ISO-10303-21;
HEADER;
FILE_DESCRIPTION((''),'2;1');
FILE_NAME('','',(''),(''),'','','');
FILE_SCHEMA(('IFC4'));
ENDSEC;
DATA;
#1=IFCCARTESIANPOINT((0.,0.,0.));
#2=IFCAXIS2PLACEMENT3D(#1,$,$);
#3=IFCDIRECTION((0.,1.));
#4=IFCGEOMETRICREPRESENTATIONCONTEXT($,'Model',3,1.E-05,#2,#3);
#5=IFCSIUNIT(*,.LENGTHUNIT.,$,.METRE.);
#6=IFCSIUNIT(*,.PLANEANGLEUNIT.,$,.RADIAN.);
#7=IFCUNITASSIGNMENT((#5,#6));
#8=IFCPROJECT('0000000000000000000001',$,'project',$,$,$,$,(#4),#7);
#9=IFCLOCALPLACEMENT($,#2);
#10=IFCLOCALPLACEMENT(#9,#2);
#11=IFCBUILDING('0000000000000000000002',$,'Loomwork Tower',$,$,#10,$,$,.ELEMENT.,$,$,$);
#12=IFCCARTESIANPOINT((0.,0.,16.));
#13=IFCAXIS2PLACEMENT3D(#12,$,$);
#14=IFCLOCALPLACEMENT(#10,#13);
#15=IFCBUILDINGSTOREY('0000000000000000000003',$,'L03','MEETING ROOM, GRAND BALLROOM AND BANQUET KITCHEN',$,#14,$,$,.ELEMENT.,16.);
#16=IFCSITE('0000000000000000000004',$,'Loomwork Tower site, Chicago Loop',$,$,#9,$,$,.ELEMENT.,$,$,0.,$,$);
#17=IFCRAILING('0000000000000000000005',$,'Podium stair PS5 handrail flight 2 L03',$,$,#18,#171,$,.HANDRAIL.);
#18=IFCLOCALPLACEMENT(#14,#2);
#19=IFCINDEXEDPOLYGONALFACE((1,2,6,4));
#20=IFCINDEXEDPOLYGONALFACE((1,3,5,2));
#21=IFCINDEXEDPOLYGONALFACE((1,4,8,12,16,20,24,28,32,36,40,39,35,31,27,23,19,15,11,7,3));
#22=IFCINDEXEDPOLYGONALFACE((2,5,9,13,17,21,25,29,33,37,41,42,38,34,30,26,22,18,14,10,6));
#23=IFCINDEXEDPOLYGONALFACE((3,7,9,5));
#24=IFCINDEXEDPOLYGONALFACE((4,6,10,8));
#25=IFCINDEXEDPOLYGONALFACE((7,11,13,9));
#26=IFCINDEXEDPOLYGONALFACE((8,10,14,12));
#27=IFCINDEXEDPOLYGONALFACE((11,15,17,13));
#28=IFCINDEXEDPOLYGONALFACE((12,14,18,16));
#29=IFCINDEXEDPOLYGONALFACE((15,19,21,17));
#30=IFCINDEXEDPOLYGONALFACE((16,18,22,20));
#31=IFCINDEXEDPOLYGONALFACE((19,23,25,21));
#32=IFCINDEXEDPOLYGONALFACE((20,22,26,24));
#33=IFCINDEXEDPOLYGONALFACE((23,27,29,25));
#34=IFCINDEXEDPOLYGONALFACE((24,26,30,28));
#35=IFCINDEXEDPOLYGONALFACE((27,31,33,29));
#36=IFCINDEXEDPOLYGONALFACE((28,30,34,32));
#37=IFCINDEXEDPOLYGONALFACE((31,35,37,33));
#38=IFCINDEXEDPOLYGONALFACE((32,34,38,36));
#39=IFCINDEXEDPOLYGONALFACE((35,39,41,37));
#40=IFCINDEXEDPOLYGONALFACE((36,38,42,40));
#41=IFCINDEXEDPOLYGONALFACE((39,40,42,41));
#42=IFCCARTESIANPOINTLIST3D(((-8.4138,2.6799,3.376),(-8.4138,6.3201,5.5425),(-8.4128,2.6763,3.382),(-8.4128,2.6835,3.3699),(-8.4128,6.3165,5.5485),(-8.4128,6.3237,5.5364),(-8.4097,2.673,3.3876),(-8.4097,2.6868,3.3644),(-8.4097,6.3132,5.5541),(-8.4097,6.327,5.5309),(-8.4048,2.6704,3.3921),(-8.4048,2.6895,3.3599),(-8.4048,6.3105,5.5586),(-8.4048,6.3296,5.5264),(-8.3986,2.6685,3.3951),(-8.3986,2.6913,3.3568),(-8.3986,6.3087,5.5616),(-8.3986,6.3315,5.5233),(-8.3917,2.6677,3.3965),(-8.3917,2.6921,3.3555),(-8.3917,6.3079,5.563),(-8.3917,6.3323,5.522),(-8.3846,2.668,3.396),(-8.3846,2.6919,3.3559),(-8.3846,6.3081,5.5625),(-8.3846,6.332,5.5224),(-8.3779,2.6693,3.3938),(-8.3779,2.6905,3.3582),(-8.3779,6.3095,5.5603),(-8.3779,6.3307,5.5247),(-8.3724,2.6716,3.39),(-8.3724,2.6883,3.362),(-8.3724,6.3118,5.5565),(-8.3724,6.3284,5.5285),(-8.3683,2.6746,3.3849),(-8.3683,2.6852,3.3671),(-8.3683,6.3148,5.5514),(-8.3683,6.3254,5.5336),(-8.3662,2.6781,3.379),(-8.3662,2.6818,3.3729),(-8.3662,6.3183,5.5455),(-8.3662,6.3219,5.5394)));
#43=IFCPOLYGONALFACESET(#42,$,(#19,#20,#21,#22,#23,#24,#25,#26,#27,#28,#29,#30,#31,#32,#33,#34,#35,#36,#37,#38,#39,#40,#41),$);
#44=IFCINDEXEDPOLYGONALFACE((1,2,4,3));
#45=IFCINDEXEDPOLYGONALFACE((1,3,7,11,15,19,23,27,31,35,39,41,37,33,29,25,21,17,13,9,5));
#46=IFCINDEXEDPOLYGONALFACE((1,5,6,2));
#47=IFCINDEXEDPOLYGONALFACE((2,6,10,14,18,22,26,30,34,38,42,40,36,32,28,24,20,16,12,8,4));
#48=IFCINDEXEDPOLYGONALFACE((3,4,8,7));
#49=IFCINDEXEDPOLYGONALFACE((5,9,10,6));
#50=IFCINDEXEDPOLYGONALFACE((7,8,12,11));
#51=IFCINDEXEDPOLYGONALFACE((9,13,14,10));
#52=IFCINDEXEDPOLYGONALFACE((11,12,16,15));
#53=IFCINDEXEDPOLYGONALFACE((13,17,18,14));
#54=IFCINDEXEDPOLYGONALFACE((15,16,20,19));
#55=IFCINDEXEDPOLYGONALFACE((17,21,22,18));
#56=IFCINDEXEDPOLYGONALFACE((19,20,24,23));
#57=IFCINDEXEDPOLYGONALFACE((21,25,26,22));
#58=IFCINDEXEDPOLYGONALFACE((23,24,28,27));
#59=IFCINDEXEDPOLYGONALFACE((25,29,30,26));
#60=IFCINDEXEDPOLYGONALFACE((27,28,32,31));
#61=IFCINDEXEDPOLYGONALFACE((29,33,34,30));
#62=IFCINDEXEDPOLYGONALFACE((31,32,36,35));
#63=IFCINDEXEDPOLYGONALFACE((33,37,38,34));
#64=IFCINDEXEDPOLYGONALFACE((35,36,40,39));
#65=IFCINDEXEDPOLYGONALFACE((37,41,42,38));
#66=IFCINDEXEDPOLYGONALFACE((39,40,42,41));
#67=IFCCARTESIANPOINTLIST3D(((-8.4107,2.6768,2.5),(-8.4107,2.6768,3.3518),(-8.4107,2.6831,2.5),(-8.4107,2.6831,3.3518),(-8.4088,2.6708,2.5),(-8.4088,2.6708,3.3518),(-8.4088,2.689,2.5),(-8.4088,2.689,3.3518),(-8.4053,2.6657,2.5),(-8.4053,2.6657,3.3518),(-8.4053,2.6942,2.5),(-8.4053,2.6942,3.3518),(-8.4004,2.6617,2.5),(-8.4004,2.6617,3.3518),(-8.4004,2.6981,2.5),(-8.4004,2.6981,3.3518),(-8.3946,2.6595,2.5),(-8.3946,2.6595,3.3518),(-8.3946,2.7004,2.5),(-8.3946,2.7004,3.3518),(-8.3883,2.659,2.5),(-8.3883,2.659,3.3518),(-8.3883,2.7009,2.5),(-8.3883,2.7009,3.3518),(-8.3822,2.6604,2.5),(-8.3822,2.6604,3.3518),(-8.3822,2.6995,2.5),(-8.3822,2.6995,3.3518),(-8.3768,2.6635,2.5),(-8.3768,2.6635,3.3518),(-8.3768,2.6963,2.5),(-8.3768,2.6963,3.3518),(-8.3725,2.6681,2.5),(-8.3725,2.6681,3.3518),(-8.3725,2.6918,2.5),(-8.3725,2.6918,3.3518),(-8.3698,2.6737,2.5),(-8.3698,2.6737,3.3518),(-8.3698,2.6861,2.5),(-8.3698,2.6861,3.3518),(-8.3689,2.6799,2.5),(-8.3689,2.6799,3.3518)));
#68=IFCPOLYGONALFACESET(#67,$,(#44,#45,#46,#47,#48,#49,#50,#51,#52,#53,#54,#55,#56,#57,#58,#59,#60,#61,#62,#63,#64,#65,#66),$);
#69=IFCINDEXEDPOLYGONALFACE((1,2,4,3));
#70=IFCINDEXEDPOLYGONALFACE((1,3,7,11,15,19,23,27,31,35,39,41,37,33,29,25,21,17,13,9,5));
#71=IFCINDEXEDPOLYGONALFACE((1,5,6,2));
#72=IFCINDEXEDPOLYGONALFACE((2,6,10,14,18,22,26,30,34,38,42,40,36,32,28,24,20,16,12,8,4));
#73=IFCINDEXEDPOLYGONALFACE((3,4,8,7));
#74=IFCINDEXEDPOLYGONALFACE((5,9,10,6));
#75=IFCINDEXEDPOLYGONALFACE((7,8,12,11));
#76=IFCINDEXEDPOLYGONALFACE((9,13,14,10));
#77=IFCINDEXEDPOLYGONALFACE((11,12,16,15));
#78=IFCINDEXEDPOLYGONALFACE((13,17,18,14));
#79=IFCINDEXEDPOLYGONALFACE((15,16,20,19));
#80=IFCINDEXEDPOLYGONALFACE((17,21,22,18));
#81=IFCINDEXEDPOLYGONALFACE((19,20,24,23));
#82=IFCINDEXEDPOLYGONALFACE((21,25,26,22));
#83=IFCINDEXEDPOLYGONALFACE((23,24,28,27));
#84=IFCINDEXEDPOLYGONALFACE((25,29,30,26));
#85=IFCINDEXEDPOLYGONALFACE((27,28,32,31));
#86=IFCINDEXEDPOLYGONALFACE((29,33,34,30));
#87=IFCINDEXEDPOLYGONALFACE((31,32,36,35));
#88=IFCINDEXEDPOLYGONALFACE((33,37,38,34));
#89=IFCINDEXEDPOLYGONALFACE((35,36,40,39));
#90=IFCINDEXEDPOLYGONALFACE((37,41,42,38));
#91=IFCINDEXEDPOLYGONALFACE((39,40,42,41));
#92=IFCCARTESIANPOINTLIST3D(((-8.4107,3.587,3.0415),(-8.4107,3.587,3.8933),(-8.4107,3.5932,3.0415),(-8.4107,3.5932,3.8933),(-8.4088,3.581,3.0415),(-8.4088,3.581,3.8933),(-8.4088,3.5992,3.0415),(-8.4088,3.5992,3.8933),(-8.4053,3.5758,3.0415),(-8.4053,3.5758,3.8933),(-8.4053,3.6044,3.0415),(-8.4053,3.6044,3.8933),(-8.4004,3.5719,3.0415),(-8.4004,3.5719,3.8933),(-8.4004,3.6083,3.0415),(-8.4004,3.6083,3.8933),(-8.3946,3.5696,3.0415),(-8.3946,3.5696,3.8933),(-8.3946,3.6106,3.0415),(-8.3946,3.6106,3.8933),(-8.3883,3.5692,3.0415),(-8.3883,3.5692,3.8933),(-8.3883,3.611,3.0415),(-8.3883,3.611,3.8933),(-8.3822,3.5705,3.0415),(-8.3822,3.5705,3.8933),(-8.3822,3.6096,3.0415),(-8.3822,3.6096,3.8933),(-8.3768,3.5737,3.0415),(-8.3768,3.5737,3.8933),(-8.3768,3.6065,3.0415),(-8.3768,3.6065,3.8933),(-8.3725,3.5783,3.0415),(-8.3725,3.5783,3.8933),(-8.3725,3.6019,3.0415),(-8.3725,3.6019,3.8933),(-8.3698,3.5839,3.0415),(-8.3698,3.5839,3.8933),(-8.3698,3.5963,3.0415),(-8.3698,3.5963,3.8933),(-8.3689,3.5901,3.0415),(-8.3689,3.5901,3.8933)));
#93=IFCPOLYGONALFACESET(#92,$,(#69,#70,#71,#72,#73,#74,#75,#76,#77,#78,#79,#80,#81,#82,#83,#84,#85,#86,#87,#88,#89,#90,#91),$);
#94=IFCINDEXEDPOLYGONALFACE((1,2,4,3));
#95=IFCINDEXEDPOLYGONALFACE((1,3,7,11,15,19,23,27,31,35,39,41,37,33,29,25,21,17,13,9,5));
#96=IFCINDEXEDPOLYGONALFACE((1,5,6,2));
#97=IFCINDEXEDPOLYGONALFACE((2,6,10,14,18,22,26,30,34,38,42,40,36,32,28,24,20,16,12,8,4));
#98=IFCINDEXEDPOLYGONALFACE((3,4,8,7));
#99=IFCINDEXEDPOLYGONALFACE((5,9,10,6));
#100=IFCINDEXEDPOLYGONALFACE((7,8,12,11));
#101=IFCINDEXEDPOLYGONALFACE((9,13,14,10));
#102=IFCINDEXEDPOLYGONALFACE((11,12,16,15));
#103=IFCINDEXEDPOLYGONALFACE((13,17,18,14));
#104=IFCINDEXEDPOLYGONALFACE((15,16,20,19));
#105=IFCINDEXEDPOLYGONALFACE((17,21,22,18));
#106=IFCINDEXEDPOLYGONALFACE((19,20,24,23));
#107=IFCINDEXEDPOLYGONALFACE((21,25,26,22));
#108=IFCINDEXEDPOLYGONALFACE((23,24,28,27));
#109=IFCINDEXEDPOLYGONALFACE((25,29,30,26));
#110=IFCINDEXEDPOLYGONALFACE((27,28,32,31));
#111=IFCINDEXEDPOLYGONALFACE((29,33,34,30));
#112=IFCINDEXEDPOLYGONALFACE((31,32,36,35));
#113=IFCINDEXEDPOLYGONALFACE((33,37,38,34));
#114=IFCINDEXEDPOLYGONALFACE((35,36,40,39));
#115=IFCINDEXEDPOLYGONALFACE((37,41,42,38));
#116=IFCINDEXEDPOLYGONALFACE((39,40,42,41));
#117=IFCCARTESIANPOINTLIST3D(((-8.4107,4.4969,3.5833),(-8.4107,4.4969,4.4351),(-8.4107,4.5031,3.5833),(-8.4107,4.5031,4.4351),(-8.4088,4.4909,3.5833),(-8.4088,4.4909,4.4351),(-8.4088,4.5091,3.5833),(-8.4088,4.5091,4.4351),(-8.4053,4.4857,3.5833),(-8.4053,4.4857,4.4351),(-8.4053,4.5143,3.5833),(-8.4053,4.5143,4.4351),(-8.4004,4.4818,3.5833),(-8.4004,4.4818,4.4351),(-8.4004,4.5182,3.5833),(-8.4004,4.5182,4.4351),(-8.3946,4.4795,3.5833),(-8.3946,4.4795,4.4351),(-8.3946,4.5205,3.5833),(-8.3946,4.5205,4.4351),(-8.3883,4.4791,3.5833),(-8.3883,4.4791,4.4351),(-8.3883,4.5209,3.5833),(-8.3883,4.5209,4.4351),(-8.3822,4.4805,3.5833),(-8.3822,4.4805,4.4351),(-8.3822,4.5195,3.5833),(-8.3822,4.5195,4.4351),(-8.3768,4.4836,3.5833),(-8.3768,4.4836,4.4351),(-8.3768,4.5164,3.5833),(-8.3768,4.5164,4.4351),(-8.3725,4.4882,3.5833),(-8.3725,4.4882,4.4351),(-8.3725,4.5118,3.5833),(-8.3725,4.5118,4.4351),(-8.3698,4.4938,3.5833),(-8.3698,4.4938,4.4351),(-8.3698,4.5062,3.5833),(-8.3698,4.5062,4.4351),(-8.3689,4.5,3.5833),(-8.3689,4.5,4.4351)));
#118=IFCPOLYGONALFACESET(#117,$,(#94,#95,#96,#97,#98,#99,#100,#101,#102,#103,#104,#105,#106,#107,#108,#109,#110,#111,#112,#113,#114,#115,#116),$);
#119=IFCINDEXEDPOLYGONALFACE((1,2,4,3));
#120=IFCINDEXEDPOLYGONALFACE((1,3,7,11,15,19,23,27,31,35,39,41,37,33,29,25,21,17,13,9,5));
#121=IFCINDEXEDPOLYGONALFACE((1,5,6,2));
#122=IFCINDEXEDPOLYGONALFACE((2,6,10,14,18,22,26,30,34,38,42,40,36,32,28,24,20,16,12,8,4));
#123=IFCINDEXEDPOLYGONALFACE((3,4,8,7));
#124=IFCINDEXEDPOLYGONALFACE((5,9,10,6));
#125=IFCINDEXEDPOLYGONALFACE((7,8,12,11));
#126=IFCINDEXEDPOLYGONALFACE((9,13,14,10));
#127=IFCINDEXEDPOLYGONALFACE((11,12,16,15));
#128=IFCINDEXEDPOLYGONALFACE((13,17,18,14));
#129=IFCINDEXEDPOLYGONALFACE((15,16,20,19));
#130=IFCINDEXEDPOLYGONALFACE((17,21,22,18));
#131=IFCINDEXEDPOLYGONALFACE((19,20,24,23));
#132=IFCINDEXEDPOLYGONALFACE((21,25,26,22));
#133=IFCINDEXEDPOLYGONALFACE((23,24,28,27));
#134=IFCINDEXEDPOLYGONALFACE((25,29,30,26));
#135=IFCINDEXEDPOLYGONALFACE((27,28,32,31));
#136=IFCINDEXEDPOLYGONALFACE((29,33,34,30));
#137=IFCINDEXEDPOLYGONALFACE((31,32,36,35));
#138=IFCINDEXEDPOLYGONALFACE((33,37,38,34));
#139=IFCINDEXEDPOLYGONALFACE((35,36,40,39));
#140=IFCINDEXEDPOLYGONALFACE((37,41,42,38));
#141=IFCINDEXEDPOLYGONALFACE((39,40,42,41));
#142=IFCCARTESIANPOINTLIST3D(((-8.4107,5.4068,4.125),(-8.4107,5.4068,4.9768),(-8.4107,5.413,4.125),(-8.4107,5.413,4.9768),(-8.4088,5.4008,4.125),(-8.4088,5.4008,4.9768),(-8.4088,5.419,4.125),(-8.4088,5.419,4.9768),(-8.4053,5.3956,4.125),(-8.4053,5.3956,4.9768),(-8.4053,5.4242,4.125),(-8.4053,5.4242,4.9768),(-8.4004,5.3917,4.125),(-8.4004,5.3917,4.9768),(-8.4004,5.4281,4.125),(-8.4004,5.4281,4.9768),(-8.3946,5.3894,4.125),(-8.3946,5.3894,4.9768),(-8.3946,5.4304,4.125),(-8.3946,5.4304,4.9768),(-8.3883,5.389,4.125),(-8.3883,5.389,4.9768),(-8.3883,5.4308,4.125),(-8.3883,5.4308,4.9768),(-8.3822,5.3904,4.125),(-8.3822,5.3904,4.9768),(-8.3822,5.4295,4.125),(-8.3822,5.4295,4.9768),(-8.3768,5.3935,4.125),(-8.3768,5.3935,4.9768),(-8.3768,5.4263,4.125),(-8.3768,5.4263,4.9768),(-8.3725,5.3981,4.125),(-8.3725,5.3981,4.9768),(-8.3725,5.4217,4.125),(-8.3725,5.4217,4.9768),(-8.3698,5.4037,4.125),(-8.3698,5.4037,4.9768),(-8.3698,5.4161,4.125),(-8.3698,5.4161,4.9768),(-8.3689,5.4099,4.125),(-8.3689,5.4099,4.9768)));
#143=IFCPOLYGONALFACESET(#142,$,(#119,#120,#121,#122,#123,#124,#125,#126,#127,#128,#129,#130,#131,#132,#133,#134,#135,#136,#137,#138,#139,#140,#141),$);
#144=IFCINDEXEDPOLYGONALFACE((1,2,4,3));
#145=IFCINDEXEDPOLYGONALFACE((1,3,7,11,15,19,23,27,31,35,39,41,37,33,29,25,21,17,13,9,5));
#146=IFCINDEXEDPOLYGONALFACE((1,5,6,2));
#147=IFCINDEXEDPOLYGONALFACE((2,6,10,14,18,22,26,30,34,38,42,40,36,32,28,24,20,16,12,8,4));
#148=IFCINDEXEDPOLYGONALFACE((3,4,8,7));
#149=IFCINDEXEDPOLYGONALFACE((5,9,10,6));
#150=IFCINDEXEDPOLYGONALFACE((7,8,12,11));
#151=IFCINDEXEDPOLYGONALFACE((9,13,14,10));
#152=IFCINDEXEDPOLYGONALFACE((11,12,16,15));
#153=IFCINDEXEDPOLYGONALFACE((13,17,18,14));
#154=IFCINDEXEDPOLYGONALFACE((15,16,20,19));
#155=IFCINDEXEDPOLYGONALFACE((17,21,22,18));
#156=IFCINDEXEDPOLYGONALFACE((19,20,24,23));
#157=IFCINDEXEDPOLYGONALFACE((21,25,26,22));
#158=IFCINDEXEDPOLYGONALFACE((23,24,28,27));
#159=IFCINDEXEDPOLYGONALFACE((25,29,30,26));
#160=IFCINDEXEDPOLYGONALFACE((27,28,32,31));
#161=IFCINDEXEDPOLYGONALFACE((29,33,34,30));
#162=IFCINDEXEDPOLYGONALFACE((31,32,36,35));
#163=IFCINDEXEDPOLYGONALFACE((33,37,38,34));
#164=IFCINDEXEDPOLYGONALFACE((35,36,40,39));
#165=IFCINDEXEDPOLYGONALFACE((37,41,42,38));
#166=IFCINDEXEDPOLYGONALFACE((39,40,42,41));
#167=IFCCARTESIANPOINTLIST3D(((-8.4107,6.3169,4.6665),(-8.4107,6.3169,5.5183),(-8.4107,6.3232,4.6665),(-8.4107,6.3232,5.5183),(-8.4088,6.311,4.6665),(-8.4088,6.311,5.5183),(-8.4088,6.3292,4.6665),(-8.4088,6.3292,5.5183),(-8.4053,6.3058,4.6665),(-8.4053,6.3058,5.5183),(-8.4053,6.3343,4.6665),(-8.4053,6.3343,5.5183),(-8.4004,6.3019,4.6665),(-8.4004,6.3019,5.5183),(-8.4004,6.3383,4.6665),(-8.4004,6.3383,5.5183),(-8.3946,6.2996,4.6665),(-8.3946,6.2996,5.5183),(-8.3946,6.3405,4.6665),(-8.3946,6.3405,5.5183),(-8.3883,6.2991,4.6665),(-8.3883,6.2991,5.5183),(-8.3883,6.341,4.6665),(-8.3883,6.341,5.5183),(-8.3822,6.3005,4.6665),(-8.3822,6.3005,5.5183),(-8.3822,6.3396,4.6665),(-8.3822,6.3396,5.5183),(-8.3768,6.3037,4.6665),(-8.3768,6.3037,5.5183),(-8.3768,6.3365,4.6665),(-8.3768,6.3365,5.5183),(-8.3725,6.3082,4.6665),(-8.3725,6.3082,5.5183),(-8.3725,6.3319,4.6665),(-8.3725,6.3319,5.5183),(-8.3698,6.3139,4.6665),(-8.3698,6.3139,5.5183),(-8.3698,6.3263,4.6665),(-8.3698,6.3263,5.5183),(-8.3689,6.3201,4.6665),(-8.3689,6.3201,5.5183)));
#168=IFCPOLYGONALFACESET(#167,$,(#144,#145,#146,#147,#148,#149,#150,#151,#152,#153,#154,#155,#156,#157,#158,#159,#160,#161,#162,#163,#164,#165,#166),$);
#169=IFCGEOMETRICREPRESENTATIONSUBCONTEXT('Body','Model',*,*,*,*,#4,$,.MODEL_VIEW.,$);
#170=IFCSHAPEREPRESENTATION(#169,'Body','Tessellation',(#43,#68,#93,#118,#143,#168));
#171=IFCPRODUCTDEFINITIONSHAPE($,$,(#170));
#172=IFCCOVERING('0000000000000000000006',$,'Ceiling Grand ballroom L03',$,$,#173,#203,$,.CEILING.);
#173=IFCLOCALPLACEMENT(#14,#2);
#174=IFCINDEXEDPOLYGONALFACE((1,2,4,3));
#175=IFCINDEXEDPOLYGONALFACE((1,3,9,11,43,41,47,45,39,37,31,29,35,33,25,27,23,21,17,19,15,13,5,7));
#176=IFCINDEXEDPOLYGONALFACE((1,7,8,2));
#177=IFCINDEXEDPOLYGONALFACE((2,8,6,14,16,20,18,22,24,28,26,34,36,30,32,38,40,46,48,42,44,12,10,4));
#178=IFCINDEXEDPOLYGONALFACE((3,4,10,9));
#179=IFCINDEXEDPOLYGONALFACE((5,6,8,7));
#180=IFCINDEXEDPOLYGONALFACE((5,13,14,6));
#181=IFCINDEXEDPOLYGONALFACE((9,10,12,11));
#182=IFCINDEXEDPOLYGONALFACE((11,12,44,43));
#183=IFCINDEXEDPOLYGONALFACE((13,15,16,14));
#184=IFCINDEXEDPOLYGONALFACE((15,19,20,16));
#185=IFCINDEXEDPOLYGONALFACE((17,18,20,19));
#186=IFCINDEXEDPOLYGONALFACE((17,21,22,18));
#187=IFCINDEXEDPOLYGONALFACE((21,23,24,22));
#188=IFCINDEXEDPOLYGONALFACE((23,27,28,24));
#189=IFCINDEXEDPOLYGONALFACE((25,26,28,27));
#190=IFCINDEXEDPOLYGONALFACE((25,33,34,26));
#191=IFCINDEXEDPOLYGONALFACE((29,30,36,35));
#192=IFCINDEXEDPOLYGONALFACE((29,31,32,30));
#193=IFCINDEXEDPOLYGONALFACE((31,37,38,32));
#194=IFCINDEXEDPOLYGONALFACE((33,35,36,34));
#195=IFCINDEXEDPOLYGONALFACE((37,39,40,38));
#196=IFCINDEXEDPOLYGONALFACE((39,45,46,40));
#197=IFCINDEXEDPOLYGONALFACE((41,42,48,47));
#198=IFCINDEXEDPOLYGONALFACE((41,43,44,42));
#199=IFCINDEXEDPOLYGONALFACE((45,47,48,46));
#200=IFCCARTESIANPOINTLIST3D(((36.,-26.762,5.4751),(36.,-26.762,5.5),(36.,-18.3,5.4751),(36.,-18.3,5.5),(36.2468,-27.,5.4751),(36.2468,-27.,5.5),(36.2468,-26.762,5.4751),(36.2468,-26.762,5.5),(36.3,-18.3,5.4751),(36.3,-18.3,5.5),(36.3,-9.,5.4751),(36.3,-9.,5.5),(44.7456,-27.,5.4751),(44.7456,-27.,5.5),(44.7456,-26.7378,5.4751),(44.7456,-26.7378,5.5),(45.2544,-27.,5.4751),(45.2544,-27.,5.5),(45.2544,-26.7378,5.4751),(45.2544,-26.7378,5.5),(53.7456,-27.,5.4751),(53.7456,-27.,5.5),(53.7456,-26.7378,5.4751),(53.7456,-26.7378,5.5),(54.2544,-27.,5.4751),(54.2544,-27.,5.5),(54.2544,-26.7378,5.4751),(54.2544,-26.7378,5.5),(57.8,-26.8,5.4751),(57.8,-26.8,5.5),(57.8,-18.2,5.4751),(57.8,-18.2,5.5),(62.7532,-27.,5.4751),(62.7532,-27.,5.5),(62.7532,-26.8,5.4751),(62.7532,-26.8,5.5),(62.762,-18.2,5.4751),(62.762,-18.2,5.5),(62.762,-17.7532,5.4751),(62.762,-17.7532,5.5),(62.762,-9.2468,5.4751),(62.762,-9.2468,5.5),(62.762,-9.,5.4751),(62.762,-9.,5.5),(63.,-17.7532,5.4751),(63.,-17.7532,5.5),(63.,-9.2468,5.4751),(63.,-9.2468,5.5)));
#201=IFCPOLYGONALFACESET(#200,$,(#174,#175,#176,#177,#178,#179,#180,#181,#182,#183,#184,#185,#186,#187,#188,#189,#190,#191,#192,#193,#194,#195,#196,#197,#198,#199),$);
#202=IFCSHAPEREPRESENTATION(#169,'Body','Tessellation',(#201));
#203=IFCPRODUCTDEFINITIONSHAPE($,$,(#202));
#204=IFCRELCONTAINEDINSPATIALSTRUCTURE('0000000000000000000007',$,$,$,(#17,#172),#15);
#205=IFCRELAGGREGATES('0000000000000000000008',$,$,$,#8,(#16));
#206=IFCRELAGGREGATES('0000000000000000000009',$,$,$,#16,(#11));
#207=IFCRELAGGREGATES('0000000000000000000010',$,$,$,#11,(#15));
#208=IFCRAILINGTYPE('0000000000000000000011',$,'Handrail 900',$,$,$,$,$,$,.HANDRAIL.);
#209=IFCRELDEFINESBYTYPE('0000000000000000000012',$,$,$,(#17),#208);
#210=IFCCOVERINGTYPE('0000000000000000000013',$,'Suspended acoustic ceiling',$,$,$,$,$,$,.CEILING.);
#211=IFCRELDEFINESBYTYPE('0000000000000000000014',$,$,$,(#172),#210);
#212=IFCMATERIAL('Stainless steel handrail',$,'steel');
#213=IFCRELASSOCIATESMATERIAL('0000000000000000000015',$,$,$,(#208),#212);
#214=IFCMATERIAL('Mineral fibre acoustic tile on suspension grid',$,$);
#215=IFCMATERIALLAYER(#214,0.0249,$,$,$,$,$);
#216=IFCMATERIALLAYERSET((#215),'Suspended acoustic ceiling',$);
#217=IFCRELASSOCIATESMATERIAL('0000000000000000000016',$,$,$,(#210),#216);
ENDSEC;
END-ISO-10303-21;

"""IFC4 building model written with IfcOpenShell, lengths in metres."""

from ifc_helpers import new_model, si_unit, direction, frame, origin, origin_2d, place, context, subcontext, project, spatial, polyline, circle, outline, extrude, material, layer, layer_set, type_object, element, save


model = new_model("IFC4")

# Units and contexts
model_context = context("Model", 3, precision=1e-05, world=origin(), true_north=direction((0.0, 1.0)))
body_context = subcontext(model_context, "Body", "Model", "MODEL_VIEW")
ifc_project = project(units=[si_unit("LENGTHUNIT", "METRE"), si_unit("PLANEANGLEUNIT", "RADIAN")], contexts=[model_context])

# Site, building, storey
site_placement = place(None, origin())
site = spatial("IfcSite", under=ifc_project, at=site_placement, Name="Loomwork Tower site, Chicago Loop", CompositionType="ELEMENT", RefElevation=0.0)
building_placement = place(site_placement, origin())
building = spatial("IfcBuilding", under=site, at=building_placement, Name="Loomwork Tower", CompositionType="ELEMENT")
storey_placement = place(building_placement, frame((0.0, 0.0, 16.0)))
storey = spatial("IfcBuildingStorey", under=building, at=storey_placement, Name="L03", Description="MEETING ROOM, GRAND BALLROOM AND BANQUET KITCHEN", CompositionType="ELEMENT", Elevation=16.0)

# Railing
ifc_material_1 = material(Name="Stainless steel handrail", Category="steel")
railing_type = type_object("IfcRailingType", Name="Handrail 900", PredefinedType="HANDRAIL", material=ifc_material_1)
railing_1_placement = place(storey_placement, frame((-8.3899, 2.6799, 2.5)))
element("IfcRailing", 1, at=railing_1_placement, inside=storey, type_object=railing_type, Name="Podium stair PS5 handrail flight 2 L03", PredefinedType="HANDRAIL", context=body_context, shape_type="SweptSolid", body=[
    extrude(circle(Radius=0.0239, at=origin_2d()), frame((0.0, 0.0, 0.876), z_axis=(0.0, 0.859318, 0.511441), x_axis=(-1.0, 0.0, 0.0)), (0.0, 0.0, 1.0), 4.2361),
    extrude(circle(Radius=0.021, at=origin_2d()), origin(), (0.0, 0.0, 1.0), 0.8518),
    extrude(circle(Radius=0.021, at=origin_2d()), frame((0.0, 0.9102, 0.5415)), (0.0, 0.0, 1.0), 0.8518),
    extrude(circle(Radius=0.021, at=origin_2d()), frame((0.0, 1.8201, 1.0833)), (0.0, 0.0, 1.0), 0.8518),
    extrude(circle(Radius=0.021, at=origin_2d()), frame((0.0, 2.73, 1.625)), (0.0, 0.0, 1.0), 0.8518),
    extrude(circle(Radius=0.021, at=origin_2d()), frame((0.0, 3.6401, 2.1665)), (0.0, 0.0, 1.0), 0.8518),
])

# Covering
ifc_material_2 = material(Name="Mineral fibre acoustic tile on suspension grid")
ifc_layer_1 = layer(ifc_material_2, 0.0249)
ifc_layer_set_1 = layer_set([ifc_layer_1], Name="Suspended acoustic ceiling")
covering_type_1 = type_object("IfcCoveringType", Name="Suspended acoustic ceiling", PredefinedType="CEILING", material=ifc_layer_set_1)
covering_1_placement = place(storey_placement, frame((0.0, 0.0, 5.4751)))
element("IfcCovering", 2, at=covering_1_placement, inside=storey, type_object=covering_type_1, Name="Ceiling Grand ballroom L03", PredefinedType="CEILING", context=body_context, shape_type="SweptSolid", body=[
    extrude(outline(polyline([(36.3, -18.3), (36.3, -9.0), (62.762, -9.0), (62.762, -9.2468), (63.0, -9.2468), (63.0, -17.7532), (62.762, -17.7532), (62.762, -18.2), (57.8, -18.2), (57.8, -26.8), (62.7532, -26.8), (62.7532, -27.0), (54.2544, -27.0), (54.2544, -26.7378), (53.7456, -26.7378), (53.7456, -27.0), (45.2544, -27.0), (45.2544, -26.7378), (44.7456, -26.7378), (44.7456, -27.0), (36.2468, -27.0), (36.2468, -26.762), (36.0, -26.762), (36.0, -18.3), (36.3, -18.3)])), origin(), (0.0, 0.0, 1.0), 0.0249),
])

save(model, "model.ifc")
